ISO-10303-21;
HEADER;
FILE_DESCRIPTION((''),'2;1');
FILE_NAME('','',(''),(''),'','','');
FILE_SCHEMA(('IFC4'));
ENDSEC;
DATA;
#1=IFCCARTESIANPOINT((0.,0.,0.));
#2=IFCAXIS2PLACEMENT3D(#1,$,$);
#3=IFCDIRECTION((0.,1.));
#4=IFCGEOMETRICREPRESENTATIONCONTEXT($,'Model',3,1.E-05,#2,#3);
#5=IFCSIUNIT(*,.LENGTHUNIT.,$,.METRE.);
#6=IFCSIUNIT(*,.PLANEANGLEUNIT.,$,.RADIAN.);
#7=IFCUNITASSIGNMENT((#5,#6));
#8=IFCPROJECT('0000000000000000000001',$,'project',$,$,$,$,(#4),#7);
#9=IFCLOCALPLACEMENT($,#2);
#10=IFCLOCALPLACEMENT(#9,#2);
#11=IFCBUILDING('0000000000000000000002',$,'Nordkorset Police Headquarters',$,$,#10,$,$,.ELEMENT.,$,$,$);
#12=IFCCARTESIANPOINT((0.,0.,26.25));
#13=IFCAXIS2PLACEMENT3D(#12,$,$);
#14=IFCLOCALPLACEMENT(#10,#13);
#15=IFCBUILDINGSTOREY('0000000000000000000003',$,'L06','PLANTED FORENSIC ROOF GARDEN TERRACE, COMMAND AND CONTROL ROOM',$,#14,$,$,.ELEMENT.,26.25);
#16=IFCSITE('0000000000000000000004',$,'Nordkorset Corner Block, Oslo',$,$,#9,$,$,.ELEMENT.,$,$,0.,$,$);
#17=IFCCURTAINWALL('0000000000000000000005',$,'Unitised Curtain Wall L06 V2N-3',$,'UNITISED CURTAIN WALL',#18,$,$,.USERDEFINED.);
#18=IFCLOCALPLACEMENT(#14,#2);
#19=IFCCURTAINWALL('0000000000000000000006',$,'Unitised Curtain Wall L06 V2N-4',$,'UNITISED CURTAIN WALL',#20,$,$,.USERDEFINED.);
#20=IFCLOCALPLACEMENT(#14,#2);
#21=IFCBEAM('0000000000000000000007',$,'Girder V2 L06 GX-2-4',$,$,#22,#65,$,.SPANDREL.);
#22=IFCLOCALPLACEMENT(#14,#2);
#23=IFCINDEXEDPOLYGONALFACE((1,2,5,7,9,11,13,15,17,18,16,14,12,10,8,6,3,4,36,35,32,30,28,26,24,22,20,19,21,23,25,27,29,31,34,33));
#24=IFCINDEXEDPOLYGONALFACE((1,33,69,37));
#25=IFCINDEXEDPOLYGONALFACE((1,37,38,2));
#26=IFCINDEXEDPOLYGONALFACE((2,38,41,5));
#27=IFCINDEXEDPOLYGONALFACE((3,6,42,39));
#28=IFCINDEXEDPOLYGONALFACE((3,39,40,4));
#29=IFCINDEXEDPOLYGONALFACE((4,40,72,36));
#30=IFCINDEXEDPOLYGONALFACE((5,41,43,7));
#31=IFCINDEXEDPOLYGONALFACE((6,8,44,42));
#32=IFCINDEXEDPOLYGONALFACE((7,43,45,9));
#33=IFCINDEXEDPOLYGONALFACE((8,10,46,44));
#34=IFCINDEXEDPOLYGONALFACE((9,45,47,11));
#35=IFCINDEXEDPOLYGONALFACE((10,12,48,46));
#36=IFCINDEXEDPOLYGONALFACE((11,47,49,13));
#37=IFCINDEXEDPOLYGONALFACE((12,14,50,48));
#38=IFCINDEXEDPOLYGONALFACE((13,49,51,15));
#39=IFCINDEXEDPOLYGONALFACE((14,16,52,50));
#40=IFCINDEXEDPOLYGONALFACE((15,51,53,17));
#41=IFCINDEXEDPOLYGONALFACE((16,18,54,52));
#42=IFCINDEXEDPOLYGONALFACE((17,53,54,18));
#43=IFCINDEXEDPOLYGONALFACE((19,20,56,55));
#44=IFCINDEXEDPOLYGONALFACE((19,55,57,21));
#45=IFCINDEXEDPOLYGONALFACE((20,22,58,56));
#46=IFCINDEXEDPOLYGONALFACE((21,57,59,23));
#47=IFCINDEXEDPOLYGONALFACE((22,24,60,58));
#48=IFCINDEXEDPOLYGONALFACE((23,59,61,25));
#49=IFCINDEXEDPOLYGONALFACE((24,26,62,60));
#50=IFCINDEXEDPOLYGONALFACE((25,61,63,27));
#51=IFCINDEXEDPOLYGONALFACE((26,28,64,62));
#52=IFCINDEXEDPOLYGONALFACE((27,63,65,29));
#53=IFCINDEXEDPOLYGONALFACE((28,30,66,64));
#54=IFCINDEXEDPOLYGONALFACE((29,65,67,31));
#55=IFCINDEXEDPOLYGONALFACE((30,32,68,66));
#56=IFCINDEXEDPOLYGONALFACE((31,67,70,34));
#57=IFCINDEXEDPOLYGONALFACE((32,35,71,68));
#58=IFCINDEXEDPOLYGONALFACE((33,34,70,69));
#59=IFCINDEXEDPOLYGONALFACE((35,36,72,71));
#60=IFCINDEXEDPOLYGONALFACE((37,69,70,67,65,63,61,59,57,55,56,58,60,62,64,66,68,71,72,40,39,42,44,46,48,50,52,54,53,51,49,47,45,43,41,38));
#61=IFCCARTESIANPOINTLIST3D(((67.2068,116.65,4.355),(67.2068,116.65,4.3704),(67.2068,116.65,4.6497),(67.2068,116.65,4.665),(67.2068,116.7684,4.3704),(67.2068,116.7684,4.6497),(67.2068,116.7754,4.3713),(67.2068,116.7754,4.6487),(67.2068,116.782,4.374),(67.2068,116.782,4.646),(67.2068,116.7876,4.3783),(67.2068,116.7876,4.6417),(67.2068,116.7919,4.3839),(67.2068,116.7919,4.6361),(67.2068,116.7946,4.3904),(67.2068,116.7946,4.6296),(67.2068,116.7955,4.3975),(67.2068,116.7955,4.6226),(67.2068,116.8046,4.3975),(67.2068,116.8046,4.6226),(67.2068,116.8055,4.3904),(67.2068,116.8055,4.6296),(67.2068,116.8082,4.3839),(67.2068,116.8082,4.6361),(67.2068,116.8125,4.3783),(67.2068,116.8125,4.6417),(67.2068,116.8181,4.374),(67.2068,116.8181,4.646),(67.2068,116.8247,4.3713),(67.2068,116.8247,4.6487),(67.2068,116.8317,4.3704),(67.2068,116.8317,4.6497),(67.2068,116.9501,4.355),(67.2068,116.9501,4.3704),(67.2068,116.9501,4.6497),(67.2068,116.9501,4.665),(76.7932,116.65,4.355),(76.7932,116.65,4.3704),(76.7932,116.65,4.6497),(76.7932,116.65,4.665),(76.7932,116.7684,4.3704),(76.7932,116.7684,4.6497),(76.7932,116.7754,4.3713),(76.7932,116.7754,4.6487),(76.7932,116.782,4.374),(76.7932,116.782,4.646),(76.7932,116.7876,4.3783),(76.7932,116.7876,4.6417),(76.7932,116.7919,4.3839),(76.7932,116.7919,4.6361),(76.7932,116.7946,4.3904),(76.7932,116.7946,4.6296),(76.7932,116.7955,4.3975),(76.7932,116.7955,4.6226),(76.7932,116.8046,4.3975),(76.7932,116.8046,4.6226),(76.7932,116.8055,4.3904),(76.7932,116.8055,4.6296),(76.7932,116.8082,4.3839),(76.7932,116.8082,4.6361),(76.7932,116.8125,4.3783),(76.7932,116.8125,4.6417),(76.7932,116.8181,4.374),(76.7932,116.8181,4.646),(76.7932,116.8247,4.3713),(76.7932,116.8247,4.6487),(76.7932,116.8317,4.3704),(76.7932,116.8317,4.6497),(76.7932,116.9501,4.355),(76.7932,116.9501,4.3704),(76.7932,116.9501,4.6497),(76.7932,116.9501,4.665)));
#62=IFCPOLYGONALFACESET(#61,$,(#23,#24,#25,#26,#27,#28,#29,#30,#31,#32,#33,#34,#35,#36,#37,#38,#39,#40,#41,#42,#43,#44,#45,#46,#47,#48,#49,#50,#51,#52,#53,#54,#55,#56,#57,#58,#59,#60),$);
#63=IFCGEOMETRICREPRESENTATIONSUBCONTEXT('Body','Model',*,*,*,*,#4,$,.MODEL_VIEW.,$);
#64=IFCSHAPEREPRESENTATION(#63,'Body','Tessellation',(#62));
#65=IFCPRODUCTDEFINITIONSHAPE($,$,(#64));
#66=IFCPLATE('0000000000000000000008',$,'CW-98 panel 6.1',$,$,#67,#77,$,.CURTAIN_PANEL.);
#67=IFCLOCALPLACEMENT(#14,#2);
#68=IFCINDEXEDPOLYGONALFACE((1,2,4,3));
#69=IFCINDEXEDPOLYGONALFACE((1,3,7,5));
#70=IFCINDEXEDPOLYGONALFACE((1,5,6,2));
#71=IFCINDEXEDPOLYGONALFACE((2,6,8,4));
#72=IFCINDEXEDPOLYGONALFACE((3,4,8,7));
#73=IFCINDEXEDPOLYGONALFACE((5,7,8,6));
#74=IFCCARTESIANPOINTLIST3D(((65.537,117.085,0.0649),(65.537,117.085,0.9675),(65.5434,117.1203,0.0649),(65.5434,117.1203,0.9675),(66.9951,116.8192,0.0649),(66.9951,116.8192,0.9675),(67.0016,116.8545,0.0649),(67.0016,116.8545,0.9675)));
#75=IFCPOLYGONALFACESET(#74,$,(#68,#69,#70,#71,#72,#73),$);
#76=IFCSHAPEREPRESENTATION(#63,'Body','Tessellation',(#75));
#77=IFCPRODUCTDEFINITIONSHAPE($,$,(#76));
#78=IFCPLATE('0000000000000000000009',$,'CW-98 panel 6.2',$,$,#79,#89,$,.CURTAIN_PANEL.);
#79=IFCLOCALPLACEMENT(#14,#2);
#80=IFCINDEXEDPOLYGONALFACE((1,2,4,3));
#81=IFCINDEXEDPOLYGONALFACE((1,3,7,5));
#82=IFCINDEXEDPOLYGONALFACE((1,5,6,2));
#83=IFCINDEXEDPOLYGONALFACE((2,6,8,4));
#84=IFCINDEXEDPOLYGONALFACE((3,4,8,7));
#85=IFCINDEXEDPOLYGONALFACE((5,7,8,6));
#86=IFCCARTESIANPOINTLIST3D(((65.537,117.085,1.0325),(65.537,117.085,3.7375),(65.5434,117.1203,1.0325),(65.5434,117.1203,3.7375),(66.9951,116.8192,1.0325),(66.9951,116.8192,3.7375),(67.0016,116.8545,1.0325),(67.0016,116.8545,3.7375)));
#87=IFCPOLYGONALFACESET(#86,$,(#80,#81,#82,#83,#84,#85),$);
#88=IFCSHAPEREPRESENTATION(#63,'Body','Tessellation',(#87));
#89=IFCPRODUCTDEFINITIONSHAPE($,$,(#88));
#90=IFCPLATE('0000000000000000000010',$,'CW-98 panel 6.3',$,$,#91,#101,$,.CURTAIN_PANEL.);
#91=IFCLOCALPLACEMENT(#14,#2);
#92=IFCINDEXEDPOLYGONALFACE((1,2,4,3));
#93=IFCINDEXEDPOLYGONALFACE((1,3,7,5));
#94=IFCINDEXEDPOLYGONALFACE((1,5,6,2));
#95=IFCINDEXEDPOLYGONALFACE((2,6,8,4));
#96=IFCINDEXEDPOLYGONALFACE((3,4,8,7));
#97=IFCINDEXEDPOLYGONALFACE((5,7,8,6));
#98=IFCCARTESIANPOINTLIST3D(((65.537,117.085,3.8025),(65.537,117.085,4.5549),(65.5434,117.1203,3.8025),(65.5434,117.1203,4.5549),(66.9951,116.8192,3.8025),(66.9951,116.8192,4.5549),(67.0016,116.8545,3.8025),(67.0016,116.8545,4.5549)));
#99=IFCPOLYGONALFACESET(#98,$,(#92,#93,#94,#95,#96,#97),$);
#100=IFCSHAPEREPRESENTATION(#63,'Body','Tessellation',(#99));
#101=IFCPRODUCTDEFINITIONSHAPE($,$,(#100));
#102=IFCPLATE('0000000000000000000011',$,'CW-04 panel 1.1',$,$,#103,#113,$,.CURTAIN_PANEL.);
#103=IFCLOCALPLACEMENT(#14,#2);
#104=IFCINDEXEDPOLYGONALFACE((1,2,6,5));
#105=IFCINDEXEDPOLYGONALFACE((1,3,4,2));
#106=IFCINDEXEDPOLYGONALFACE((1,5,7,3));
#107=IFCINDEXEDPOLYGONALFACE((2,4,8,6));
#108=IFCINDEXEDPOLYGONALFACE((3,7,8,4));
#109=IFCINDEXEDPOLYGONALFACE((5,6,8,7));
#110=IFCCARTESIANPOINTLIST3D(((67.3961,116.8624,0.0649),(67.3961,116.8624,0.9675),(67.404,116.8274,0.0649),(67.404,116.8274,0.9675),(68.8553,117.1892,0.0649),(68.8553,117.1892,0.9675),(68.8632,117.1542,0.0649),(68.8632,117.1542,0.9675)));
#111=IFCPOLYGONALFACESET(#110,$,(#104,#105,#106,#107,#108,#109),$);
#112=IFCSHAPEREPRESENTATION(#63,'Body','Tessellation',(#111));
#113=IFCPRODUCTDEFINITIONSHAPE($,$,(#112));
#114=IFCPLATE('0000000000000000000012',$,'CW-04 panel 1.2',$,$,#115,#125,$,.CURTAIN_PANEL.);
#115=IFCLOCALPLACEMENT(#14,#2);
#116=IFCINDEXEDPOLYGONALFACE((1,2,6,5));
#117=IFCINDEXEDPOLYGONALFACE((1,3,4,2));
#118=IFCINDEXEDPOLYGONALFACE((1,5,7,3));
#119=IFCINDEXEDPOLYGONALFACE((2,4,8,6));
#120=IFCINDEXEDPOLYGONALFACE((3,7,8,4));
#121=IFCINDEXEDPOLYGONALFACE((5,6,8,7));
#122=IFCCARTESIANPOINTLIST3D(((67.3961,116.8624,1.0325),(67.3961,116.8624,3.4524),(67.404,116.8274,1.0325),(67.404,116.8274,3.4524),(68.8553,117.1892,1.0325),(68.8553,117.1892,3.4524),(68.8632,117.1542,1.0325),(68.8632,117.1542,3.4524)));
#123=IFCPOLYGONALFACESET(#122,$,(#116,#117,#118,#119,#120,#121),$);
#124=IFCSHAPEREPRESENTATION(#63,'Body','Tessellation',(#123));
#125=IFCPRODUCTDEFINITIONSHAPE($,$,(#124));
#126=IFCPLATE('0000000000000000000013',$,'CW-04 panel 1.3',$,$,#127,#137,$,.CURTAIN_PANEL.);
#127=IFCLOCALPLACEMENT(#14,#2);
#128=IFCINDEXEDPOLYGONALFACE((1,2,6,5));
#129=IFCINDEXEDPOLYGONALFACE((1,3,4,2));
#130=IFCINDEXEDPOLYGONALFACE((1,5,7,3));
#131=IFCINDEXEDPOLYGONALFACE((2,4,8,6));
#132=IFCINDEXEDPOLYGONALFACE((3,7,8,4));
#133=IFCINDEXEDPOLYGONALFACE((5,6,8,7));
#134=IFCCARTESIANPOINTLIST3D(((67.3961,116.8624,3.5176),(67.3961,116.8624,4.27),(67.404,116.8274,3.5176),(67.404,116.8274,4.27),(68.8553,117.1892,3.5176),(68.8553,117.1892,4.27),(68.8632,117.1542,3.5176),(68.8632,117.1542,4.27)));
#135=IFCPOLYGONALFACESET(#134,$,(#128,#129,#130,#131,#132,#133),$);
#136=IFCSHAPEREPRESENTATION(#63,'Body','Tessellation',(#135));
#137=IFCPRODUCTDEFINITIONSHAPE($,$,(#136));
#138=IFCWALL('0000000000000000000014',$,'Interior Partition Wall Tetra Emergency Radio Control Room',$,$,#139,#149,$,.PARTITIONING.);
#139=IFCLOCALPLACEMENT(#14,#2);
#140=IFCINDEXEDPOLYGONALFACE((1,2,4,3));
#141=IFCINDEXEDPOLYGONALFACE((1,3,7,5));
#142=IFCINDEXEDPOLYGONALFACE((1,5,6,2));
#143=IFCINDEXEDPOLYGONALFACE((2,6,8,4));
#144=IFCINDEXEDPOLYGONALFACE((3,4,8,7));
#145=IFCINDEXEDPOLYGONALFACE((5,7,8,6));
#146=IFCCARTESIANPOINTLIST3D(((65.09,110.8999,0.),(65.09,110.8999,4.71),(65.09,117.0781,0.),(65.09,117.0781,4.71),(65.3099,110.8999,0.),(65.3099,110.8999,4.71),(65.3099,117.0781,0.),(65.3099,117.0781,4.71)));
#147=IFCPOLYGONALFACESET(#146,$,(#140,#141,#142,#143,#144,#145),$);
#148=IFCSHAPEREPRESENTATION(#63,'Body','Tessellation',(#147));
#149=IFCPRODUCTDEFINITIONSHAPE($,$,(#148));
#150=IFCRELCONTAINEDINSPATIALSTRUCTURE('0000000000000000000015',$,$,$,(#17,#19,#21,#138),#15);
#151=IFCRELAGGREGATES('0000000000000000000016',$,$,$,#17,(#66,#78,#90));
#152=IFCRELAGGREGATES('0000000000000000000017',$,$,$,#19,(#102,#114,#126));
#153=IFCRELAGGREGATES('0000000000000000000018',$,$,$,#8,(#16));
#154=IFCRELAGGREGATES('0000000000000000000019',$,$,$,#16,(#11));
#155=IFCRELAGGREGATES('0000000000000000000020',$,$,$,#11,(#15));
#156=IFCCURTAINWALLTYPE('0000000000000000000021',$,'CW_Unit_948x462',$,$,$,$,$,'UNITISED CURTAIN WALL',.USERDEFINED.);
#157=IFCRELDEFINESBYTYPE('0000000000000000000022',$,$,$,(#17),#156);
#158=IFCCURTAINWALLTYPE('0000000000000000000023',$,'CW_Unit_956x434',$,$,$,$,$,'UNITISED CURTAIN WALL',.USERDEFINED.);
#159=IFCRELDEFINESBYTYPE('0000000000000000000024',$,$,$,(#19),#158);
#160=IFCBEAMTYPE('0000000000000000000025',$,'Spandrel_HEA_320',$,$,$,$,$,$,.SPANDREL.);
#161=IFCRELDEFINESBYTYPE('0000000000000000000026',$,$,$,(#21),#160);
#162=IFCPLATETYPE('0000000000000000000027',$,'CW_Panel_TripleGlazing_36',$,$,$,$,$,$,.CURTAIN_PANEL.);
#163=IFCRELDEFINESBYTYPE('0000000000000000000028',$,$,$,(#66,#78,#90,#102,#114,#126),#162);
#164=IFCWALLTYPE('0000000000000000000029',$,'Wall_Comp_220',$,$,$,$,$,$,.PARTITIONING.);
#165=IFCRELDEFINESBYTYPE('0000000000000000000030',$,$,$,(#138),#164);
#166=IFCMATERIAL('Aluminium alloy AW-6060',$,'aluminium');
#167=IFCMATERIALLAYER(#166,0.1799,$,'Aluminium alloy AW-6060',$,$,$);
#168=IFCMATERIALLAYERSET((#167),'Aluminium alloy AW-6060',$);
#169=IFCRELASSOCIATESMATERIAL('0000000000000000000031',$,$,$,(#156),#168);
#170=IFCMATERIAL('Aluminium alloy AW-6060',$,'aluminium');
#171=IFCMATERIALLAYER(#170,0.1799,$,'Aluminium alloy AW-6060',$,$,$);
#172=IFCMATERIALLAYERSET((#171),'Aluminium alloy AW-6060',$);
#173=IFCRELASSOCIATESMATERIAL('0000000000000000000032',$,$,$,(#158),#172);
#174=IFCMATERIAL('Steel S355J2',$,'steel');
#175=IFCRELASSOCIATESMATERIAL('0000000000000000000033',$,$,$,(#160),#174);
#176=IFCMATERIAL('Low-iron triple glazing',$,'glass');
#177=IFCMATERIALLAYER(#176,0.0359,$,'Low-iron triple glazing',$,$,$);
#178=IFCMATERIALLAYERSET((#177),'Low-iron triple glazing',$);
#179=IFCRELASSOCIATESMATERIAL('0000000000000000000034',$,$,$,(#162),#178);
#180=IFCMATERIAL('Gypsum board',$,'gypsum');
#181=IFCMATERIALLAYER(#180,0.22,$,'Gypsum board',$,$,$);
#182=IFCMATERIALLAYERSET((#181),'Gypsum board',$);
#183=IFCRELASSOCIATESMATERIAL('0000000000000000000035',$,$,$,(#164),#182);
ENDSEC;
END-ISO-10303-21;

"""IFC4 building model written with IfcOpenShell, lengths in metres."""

from ifc_helpers import new_model, si_unit, direction, frame, frame_2d, origin, origin_2d, place, context, subcontext, project, spatial, rectangle, i_section, extrude, material, layer, layer_set, material_profile, profile_set, type_object, element, aggregate, save


model = new_model("IFC4")

# Units and contexts
model_context = context("Model", 3, precision=1e-05, world=origin(), true_north=direction((0.0, 1.0)))
body_context = subcontext(model_context, "Body", "Model", "MODEL_VIEW")
ifc_project = project(units=[si_unit("LENGTHUNIT", "METRE"), si_unit("PLANEANGLEUNIT", "RADIAN")], contexts=[model_context])

# Site, building, storey
site_placement = place(None, origin())
site = spatial("IfcSite", under=ifc_project, at=site_placement, Name="Nordkorset Corner Block, Oslo", CompositionType="ELEMENT", RefElevation=0.0)
building_placement = place(site_placement, origin())
building = spatial("IfcBuilding", under=site, at=building_placement, Name="Nordkorset Police Headquarters", CompositionType="ELEMENT")
storey_placement = place(building_placement, frame((0.0, 0.0, 26.25)))
storey = spatial("IfcBuildingStorey", under=building, at=storey_placement, Name="L06", Description="PLANTED FORENSIC ROOF GARDEN TERRACE, COMMAND AND CONTROL ROOM", CompositionType="ELEMENT", Elevation=26.25)

# Curtain walls
ifc_material_1 = material(Name="Aluminium alloy AW-6060", Category="aluminium")
ifc_layer_1 = layer(ifc_material_1, 0.1799, Name="Aluminium alloy AW-6060")
ifc_layer_set_1 = layer_set([ifc_layer_1], Name="Aluminium alloy AW-6060")
curtain_wall_type_1 = type_object("IfcCurtainWallType", Name="CW_Unit_948x462", ElementType="UNITISED CURTAIN WALL", PredefinedType="USERDEFINED", material=ifc_layer_set_1)
curtain_wall_1_placement = place(storey_placement, origin())
curtain_wall_1 = element("IfcCurtainWall", 1, at=curtain_wall_1_placement, inside=storey, type_object=curtain_wall_type_1, Name="Unitised Curtain Wall L06 V2N-3", ObjectType="UNITISED CURTAIN WALL", PredefinedType="USERDEFINED")
ifc_material_2 = material(Name="Aluminium alloy AW-6060", Category="aluminium")
ifc_layer_2 = layer(ifc_material_2, 0.1799, Name="Aluminium alloy AW-6060")
ifc_layer_set_2 = layer_set([ifc_layer_2], Name="Aluminium alloy AW-6060")
curtain_wall_type_2 = type_object("IfcCurtainWallType", Name="CW_Unit_956x434", ElementType="UNITISED CURTAIN WALL", PredefinedType="USERDEFINED", material=ifc_layer_set_2)
curtain_wall_2_placement = place(storey_placement, origin())
curtain_wall_2 = element("IfcCurtainWall", 2, at=curtain_wall_2_placement, inside=storey, type_object=curtain_wall_type_2, Name="Unitised Curtain Wall L06 V2N-4", ObjectType="UNITISED CURTAIN WALL", PredefinedType="USERDEFINED")

# Beam
ifc_material_3 = material(Name="Steel S355J2", Category="steel")
ifc_material_profile_1 = material_profile(ifc_material_3, i_section(OverallWidth=0.3, OverallDepth=0.3101, WebThickness=0.009, FlangeThickness=0.0154, FilletRadius=0.0271, at=origin_2d()), Name="HEA 320")
ifc_profile_set_1 = profile_set([ifc_material_profile_1], Name="Steel S355J2")
beam_type = type_object("IfcBeamType", Name="Spandrel_HEA_320", PredefinedType="SPANDREL", material=ifc_profile_set_1)
beam_placement = place(storey_placement, frame((67.2068, 116.8, 4.51), z_axis=(1.0, 0.0, 0.0), x_axis=(0.0, 1.0, 0.0)))
element("IfcBeam", 3, at=beam_placement, inside=storey, type_object=beam_type, Name="Girder V2 L06 GX-2-4", PredefinedType="SPANDREL", context=body_context, shape_type="SweptSolid", body=[
    extrude(i_section(OverallWidth=0.3, OverallDepth=0.3101, WebThickness=0.009, FlangeThickness=0.0154, FilletRadius=0.0271, at=origin_2d()), origin(), (0.0, 0.0, 1.0), 9.5864),
])

# Plates
ifc_material_4 = material(Name="Low-iron triple glazing", Category="glass")
ifc_layer_3 = layer(ifc_material_4, 0.0359, Name="Low-iron triple glazing")
ifc_layer_set_3 = layer_set([ifc_layer_3], Name="Low-iron triple glazing")
plate_type = type_object("IfcPlateType", Name="CW_Panel_TripleGlazing_36", PredefinedType="CURTAIN_PANEL", material=ifc_layer_set_3)
plate_1_placement = place(storey_placement, frame((66.2693, 116.9697, 0.0649), z_axis=(0.0, 0.0, 1.0), x_axis=(0.983788, -0.179336, 0.0)))
plate_1 = element("IfcPlate", 4, at=plate_1_placement, type_object=plate_type, Name="CW-98 panel 6.1", PredefinedType="CURTAIN_PANEL", context=body_context, shape_type="SweptSolid", body=[
    extrude(rectangle(XDim=1.4822, YDim=0.0359, at=origin_2d()), origin(), (0.0, 0.0, 1.0), 0.9026),
])
plate_2_placement = place(storey_placement, frame((66.2693, 116.9697, 1.0325), z_axis=(0.0, 0.0, 1.0), x_axis=(0.983788, -0.179336, 0.0)))
plate_2 = element("IfcPlate", 5, at=plate_2_placement, type_object=plate_type, Name="CW-98 panel 6.2", PredefinedType="CURTAIN_PANEL", context=body_context, shape_type="SweptSolid", body=[
    extrude(rectangle(XDim=1.4822, YDim=0.0359, at=origin_2d()), origin(), (0.0, 0.0, 1.0), 2.7051),
])
plate_3_placement = place(storey_placement, frame((66.2693, 116.9697, 3.8025), z_axis=(0.0, 0.0, 1.0), x_axis=(0.983788, -0.179336, 0.0)))
plate_3 = element("IfcPlate", 6, at=plate_3_placement, type_object=plate_type, Name="CW-98 panel 6.3", PredefinedType="CURTAIN_PANEL", context=body_context, shape_type="SweptSolid", body=[
    extrude(rectangle(XDim=1.4822, YDim=0.0359, at=origin_2d()), origin(), (0.0, 0.0, 1.0), 0.7524),
])
aggregate(curtain_wall_1, [plate_1, plate_2, plate_3])
plate_4_placement = place(storey_placement, frame((68.1296, 117.0083, 0.0649), z_axis=(0.0, 0.0, 1.0), x_axis=(0.975827, 0.218544, 0.0)))
plate_4 = element("IfcPlate", 7, at=plate_4_placement, type_object=plate_type, Name="CW-04 panel 1.1", PredefinedType="CURTAIN_PANEL", context=body_context, shape_type="SweptSolid", body=[
    extrude(rectangle(XDim=1.4954, YDim=0.0359, at=origin_2d()), origin(), (0.0, 0.0, 1.0), 0.9026),
])
plate_5_placement = place(storey_placement, frame((68.1296, 117.0083, 1.0325), z_axis=(0.0, 0.0, 1.0), x_axis=(0.975827, 0.218544, 0.0)))
plate_5 = element("IfcPlate", 8, at=plate_5_placement, type_object=plate_type, Name="CW-04 panel 1.2", PredefinedType="CURTAIN_PANEL", context=body_context, shape_type="SweptSolid", body=[
    extrude(rectangle(XDim=1.4954, YDim=0.0359, at=origin_2d()), origin(), (0.0, 0.0, 1.0), 2.4199),
])
plate_6_placement = place(storey_placement, frame((68.1296, 117.0083, 3.5176), z_axis=(0.0, 0.0, 1.0), x_axis=(0.975827, 0.218544, 0.0)))
plate_6 = element("IfcPlate", 9, at=plate_6_placement, type_object=plate_type, Name="CW-04 panel 1.3", PredefinedType="CURTAIN_PANEL", context=body_context, shape_type="SweptSolid", body=[
    extrude(rectangle(XDim=1.4954, YDim=0.0359, at=origin_2d()), origin(), (0.0, 0.0, 1.0), 0.7524),
])
aggregate(curtain_wall_2, [plate_4, plate_5, plate_6])

# Wall
ifc_material_5 = material(Name="Gypsum board", Category="gypsum")
ifc_layer_4 = layer(ifc_material_5, 0.22, Name="Gypsum board")
ifc_layer_set_4 = layer_set([ifc_layer_4], Name="Gypsum board")
wall_type = type_object("IfcWallType", Name="Wall_Comp_220", PredefinedType="PARTITIONING", material=ifc_layer_set_4)
wall_placement = place(storey_placement, frame((65.2, 117.0781, 0.0), z_axis=(0.0, 0.0, 1.0), x_axis=(0.0, -1.0, 0.0)))
element("IfcWall", 10, at=wall_placement, inside=storey, type_object=wall_type, Name="Interior Partition Wall Tetra Emergency Radio Control Room", PredefinedType="PARTITIONING", context=body_context, shape_type="SweptSolid", body=[
    extrude(rectangle(XDim=6.1782, YDim=0.22, at=frame_2d((3.0891, 0.0))), origin(), (0.0, 0.0, 1.0), 4.71),
])

save(model, "model.ifc")
